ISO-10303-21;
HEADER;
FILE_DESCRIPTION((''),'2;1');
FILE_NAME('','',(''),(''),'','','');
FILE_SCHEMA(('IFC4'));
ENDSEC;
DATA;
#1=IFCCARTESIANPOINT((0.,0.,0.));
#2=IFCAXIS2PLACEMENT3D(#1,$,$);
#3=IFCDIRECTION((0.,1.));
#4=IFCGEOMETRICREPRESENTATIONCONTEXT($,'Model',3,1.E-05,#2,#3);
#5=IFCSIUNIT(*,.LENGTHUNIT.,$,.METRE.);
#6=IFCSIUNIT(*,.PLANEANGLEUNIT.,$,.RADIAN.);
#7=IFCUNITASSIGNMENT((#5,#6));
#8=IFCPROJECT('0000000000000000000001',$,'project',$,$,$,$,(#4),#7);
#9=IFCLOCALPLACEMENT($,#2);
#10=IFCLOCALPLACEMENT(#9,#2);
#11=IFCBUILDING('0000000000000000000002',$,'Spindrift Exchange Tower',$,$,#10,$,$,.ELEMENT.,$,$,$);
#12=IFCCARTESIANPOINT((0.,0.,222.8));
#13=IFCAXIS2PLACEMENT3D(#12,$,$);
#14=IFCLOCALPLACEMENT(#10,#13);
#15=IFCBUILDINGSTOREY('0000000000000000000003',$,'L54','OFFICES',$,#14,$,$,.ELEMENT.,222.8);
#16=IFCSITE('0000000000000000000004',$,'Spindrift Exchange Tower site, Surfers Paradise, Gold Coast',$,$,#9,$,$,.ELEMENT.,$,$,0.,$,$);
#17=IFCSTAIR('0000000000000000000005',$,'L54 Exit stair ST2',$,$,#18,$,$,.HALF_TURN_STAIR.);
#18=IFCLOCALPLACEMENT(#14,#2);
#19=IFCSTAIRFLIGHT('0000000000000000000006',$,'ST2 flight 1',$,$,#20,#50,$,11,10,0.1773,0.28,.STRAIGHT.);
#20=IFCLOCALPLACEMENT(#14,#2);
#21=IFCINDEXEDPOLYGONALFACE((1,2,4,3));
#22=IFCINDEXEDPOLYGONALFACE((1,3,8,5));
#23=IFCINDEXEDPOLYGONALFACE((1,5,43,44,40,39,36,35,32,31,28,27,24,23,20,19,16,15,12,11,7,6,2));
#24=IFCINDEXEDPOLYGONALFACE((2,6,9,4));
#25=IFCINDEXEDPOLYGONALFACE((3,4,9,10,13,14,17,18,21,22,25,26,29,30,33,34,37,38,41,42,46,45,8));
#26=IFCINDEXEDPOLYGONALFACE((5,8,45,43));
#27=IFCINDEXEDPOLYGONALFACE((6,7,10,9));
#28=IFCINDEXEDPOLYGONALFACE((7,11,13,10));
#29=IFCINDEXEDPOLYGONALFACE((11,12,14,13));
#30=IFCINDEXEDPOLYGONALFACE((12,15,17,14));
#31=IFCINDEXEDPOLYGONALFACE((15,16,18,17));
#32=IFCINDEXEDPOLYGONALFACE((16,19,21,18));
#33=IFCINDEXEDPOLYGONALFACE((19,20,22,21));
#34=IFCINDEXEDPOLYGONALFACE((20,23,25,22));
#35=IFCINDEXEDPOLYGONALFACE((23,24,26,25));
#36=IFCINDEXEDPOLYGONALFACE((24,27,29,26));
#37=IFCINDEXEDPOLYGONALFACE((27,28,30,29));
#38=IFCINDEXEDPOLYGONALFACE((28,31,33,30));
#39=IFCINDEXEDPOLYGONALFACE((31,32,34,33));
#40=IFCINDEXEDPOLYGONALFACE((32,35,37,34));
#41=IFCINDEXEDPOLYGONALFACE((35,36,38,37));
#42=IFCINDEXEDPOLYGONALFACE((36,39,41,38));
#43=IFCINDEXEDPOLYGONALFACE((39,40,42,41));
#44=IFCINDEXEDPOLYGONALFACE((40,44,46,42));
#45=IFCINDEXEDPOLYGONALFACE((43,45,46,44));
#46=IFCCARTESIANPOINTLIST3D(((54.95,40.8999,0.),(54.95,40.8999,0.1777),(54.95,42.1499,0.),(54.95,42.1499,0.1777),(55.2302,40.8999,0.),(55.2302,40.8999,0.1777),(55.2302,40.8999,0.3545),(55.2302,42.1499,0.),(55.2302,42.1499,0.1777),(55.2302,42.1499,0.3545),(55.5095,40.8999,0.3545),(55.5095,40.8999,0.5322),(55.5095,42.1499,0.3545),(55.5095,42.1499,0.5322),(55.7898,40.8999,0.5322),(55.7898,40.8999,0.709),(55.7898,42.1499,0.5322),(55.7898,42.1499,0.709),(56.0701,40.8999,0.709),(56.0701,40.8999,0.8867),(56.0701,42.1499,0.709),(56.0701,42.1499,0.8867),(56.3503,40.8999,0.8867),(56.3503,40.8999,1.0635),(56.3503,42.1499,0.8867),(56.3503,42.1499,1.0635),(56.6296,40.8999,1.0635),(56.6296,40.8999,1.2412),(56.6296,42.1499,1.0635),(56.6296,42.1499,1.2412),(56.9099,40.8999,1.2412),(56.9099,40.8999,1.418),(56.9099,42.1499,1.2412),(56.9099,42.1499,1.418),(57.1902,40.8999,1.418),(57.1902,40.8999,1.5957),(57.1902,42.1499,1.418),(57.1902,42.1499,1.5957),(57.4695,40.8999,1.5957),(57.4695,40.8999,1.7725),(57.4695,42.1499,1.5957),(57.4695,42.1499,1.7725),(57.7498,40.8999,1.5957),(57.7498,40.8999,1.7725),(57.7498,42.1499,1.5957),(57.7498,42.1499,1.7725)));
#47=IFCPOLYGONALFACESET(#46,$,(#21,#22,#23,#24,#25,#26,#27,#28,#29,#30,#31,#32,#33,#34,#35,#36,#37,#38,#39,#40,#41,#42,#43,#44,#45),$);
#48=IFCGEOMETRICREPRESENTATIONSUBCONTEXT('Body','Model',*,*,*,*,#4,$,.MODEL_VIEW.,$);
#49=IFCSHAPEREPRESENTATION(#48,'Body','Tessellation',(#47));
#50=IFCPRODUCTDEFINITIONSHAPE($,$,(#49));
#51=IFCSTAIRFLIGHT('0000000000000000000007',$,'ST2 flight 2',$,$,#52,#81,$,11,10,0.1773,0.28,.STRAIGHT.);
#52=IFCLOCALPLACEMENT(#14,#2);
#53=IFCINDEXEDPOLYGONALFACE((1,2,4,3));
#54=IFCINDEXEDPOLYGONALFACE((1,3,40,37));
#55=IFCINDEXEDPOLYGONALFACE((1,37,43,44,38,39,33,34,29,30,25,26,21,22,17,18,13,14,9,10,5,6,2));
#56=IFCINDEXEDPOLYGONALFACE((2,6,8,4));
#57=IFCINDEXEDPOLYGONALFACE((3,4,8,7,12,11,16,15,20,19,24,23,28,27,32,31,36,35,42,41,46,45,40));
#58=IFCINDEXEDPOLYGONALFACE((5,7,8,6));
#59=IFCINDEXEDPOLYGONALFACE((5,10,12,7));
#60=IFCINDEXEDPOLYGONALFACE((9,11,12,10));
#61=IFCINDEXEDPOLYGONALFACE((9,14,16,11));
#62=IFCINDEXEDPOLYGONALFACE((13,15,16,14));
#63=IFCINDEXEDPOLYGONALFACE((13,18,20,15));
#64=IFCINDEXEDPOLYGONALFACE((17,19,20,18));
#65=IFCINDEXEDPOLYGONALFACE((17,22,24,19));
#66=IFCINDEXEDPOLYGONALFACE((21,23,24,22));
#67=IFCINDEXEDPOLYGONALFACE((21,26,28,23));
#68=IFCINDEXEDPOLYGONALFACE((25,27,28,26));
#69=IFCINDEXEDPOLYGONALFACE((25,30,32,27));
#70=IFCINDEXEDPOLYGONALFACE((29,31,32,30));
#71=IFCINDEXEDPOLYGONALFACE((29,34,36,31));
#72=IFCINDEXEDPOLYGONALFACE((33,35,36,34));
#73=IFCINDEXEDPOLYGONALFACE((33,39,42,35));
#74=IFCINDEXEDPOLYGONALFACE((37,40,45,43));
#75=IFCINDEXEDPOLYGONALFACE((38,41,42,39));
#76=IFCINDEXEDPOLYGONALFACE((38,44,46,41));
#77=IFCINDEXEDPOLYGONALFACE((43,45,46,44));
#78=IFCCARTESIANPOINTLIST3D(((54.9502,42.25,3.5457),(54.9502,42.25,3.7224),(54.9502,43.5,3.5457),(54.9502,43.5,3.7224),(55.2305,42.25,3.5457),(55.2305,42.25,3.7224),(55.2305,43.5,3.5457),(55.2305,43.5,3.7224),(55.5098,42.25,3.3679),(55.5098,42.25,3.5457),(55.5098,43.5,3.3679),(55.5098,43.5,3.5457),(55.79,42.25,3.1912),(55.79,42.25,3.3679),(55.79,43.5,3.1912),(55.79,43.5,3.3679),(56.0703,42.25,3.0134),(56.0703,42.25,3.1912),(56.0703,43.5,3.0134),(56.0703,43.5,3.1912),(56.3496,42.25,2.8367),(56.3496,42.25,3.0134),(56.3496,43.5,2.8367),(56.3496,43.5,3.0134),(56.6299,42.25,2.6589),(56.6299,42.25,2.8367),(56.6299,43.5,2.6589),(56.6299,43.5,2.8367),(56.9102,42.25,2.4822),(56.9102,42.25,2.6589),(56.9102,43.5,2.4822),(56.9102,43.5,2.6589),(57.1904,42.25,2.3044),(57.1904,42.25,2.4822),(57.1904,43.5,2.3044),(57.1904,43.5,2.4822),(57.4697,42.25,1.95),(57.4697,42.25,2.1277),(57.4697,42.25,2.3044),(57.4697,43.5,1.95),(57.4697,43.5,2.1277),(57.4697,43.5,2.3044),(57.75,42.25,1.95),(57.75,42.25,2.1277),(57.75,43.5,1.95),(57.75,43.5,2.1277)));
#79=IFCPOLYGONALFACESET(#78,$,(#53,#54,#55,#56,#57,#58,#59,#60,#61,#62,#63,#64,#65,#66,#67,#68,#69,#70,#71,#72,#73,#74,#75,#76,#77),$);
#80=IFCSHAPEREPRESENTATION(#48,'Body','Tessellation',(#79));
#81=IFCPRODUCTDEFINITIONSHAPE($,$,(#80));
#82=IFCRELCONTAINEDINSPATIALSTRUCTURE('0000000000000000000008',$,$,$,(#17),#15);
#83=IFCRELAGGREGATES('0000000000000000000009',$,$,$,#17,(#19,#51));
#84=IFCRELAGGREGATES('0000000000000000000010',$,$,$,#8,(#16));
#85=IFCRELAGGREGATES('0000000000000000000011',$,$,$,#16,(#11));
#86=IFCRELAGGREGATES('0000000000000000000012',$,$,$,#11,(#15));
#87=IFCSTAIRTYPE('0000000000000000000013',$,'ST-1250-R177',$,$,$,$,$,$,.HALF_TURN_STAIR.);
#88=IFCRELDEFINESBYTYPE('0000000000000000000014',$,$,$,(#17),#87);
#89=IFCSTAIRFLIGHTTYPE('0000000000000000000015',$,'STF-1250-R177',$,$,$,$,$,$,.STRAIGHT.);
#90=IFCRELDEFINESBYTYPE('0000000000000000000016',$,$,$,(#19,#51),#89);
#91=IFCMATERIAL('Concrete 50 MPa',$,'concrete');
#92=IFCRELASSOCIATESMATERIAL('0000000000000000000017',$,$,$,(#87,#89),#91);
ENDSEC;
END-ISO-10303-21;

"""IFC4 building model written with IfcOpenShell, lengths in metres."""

from ifc_helpers import new_model, si_unit, direction, frame, origin, place, context, subcontext, project, spatial, line, indexed_curve, outline, extrude, material, type_object, element, aggregate, save


model = new_model("IFC4")

# Units and contexts
model_context = context("Model", 3, precision=1e-05, world=origin(), true_north=direction((0.0, 1.0)))
body_context = subcontext(model_context, "Body", "Model", "MODEL_VIEW")
ifc_project = project(units=[si_unit("LENGTHUNIT", "METRE"), si_unit("PLANEANGLEUNIT", "RADIAN")], contexts=[model_context])

# Site, building, storey
site_placement = place(None, origin())
site = spatial("IfcSite", under=ifc_project, at=site_placement, Name="Spindrift Exchange Tower site, Surfers Paradise, Gold Coast", CompositionType="ELEMENT", RefElevation=0.0)
building_placement = place(site_placement, origin())
building = spatial("IfcBuilding", under=site, at=building_placement, Name="Spindrift Exchange Tower", CompositionType="ELEMENT")
storey_placement = place(building_placement, frame((0.0, 0.0, 222.8)))
storey = spatial("IfcBuildingStorey", under=building, at=storey_placement, Name="L54", Description="OFFICES", CompositionType="ELEMENT", Elevation=222.8)

# Stair, stair flights
ifc_material_1 = material(Name="Concrete 50 MPa", Category="concrete")
stair_type = type_object("IfcStairType", Name="ST-1250-R177", PredefinedType="HALF_TURN_STAIR", material=ifc_material_1)
stair_placement = place(storey_placement, origin())
stair = element("IfcStair", 1, at=stair_placement, inside=storey, type_object=stair_type, Name="L54 Exit stair ST2", PredefinedType="HALF_TURN_STAIR")
stair_flight_type = type_object("IfcStairFlightType", Name="STF-1250-R177", PredefinedType="STRAIGHT", material=ifc_material_1)
stair_flight_1_placement = place(storey_placement, frame((54.95, 41.5249, 0.0), z_axis=(0.0, 0.0, 1.0), x_axis=(1.0, 0.0, 0.0)))
stair_flight_1 = element("IfcStairFlight", 2, at=stair_flight_1_placement, type_object=stair_flight_type, Name="ST2 flight 1", NumberOfRisers=11, NumberOfTreads=10, PredefinedType="STRAIGHT", RiserHeight=0.1773, TreadLength=0.28, context=body_context, shape_type="SweptSolid", body=[
    extrude(outline(indexed_curve([(0.0, 0.0), (0.0, 0.1777), (0.2803, 0.1777), (0.2803, 0.3545), (0.5596, 0.3545), (0.5596, 0.5322), (0.8398, 0.5322), (0.8398, 0.709), (1.1201, 0.709), (1.1201, 0.8867), (1.4004, 0.8867), (1.4004, 1.0635), (1.6797, 1.0635), (1.6797, 1.2412), (1.96, 1.2412), (1.96, 1.418), (2.2402, 1.418), (2.2402, 1.5957), (2.5195, 1.5957), (2.5195, 1.7725), (2.7998, 1.7725), (2.7998, 1.9502), (2.7998, 1.5957), (0.2803, 0.0)], segments=[line(1, 2, 3, 4, 5, 6, 7, 8, 9, 10, 11, 12, 13, 14, 15, 16, 17, 18, 19, 20, 21, 22, 23, 24, 1)], self_intersect=False)), frame((0.0, 0.625, 0.0), z_axis=(0.0, -1.0, 0.0), x_axis=(1.0, 0.0, 0.0)), (0.0, 0.0, 1.0), 1.25),
])
stair_flight_2_placement = place(storey_placement, frame((57.75, 42.875, 1.95), z_axis=(0.0, 0.0, 1.0), x_axis=(-1.0, 0.0, 0.0)))
stair_flight_2 = element("IfcStairFlight", 3, at=stair_flight_2_placement, type_object=stair_flight_type, Name="ST2 flight 2", NumberOfRisers=11, NumberOfTreads=10, PredefinedType="STRAIGHT", RiserHeight=0.1773, TreadLength=0.28, context=body_context, shape_type="SweptSolid", body=[
    extrude(outline(indexed_curve([(0.0, 0.0), (0.0, 0.1777), (0.2803, 0.1777), (0.2803, 0.3545), (0.5596, 0.3545), (0.5596, 0.5322), (0.8398, 0.5322), (0.8398, 0.709), (1.1201, 0.709), (1.1201, 0.8867), (1.4004, 0.8867), (1.4004, 1.0635), (1.6797, 1.0635), (1.6797, 1.2412), (1.96, 1.2412), (1.96, 1.418), (2.2402, 1.418), (2.2402, 1.5957), (2.5195, 1.5957), (2.5195, 1.7725), (2.7998, 1.7725), (2.7998, 1.9502), (2.7998, 1.5957), (0.2803, 0.0)], segments=[line(1, 2, 3, 4, 5, 6, 7, 8, 9, 10, 11, 12, 13, 14, 15, 16, 17, 18, 19, 20, 21, 22, 23, 24, 1)], self_intersect=False)), frame((0.0, 0.625, 0.0), z_axis=(0.0, -1.0, 0.0), x_axis=(1.0, 0.0, 0.0)), (0.0, 0.0, 1.0), 1.25),
])
aggregate(stair, [stair_flight_1, stair_flight_2])

save(model, "model.ifc")
